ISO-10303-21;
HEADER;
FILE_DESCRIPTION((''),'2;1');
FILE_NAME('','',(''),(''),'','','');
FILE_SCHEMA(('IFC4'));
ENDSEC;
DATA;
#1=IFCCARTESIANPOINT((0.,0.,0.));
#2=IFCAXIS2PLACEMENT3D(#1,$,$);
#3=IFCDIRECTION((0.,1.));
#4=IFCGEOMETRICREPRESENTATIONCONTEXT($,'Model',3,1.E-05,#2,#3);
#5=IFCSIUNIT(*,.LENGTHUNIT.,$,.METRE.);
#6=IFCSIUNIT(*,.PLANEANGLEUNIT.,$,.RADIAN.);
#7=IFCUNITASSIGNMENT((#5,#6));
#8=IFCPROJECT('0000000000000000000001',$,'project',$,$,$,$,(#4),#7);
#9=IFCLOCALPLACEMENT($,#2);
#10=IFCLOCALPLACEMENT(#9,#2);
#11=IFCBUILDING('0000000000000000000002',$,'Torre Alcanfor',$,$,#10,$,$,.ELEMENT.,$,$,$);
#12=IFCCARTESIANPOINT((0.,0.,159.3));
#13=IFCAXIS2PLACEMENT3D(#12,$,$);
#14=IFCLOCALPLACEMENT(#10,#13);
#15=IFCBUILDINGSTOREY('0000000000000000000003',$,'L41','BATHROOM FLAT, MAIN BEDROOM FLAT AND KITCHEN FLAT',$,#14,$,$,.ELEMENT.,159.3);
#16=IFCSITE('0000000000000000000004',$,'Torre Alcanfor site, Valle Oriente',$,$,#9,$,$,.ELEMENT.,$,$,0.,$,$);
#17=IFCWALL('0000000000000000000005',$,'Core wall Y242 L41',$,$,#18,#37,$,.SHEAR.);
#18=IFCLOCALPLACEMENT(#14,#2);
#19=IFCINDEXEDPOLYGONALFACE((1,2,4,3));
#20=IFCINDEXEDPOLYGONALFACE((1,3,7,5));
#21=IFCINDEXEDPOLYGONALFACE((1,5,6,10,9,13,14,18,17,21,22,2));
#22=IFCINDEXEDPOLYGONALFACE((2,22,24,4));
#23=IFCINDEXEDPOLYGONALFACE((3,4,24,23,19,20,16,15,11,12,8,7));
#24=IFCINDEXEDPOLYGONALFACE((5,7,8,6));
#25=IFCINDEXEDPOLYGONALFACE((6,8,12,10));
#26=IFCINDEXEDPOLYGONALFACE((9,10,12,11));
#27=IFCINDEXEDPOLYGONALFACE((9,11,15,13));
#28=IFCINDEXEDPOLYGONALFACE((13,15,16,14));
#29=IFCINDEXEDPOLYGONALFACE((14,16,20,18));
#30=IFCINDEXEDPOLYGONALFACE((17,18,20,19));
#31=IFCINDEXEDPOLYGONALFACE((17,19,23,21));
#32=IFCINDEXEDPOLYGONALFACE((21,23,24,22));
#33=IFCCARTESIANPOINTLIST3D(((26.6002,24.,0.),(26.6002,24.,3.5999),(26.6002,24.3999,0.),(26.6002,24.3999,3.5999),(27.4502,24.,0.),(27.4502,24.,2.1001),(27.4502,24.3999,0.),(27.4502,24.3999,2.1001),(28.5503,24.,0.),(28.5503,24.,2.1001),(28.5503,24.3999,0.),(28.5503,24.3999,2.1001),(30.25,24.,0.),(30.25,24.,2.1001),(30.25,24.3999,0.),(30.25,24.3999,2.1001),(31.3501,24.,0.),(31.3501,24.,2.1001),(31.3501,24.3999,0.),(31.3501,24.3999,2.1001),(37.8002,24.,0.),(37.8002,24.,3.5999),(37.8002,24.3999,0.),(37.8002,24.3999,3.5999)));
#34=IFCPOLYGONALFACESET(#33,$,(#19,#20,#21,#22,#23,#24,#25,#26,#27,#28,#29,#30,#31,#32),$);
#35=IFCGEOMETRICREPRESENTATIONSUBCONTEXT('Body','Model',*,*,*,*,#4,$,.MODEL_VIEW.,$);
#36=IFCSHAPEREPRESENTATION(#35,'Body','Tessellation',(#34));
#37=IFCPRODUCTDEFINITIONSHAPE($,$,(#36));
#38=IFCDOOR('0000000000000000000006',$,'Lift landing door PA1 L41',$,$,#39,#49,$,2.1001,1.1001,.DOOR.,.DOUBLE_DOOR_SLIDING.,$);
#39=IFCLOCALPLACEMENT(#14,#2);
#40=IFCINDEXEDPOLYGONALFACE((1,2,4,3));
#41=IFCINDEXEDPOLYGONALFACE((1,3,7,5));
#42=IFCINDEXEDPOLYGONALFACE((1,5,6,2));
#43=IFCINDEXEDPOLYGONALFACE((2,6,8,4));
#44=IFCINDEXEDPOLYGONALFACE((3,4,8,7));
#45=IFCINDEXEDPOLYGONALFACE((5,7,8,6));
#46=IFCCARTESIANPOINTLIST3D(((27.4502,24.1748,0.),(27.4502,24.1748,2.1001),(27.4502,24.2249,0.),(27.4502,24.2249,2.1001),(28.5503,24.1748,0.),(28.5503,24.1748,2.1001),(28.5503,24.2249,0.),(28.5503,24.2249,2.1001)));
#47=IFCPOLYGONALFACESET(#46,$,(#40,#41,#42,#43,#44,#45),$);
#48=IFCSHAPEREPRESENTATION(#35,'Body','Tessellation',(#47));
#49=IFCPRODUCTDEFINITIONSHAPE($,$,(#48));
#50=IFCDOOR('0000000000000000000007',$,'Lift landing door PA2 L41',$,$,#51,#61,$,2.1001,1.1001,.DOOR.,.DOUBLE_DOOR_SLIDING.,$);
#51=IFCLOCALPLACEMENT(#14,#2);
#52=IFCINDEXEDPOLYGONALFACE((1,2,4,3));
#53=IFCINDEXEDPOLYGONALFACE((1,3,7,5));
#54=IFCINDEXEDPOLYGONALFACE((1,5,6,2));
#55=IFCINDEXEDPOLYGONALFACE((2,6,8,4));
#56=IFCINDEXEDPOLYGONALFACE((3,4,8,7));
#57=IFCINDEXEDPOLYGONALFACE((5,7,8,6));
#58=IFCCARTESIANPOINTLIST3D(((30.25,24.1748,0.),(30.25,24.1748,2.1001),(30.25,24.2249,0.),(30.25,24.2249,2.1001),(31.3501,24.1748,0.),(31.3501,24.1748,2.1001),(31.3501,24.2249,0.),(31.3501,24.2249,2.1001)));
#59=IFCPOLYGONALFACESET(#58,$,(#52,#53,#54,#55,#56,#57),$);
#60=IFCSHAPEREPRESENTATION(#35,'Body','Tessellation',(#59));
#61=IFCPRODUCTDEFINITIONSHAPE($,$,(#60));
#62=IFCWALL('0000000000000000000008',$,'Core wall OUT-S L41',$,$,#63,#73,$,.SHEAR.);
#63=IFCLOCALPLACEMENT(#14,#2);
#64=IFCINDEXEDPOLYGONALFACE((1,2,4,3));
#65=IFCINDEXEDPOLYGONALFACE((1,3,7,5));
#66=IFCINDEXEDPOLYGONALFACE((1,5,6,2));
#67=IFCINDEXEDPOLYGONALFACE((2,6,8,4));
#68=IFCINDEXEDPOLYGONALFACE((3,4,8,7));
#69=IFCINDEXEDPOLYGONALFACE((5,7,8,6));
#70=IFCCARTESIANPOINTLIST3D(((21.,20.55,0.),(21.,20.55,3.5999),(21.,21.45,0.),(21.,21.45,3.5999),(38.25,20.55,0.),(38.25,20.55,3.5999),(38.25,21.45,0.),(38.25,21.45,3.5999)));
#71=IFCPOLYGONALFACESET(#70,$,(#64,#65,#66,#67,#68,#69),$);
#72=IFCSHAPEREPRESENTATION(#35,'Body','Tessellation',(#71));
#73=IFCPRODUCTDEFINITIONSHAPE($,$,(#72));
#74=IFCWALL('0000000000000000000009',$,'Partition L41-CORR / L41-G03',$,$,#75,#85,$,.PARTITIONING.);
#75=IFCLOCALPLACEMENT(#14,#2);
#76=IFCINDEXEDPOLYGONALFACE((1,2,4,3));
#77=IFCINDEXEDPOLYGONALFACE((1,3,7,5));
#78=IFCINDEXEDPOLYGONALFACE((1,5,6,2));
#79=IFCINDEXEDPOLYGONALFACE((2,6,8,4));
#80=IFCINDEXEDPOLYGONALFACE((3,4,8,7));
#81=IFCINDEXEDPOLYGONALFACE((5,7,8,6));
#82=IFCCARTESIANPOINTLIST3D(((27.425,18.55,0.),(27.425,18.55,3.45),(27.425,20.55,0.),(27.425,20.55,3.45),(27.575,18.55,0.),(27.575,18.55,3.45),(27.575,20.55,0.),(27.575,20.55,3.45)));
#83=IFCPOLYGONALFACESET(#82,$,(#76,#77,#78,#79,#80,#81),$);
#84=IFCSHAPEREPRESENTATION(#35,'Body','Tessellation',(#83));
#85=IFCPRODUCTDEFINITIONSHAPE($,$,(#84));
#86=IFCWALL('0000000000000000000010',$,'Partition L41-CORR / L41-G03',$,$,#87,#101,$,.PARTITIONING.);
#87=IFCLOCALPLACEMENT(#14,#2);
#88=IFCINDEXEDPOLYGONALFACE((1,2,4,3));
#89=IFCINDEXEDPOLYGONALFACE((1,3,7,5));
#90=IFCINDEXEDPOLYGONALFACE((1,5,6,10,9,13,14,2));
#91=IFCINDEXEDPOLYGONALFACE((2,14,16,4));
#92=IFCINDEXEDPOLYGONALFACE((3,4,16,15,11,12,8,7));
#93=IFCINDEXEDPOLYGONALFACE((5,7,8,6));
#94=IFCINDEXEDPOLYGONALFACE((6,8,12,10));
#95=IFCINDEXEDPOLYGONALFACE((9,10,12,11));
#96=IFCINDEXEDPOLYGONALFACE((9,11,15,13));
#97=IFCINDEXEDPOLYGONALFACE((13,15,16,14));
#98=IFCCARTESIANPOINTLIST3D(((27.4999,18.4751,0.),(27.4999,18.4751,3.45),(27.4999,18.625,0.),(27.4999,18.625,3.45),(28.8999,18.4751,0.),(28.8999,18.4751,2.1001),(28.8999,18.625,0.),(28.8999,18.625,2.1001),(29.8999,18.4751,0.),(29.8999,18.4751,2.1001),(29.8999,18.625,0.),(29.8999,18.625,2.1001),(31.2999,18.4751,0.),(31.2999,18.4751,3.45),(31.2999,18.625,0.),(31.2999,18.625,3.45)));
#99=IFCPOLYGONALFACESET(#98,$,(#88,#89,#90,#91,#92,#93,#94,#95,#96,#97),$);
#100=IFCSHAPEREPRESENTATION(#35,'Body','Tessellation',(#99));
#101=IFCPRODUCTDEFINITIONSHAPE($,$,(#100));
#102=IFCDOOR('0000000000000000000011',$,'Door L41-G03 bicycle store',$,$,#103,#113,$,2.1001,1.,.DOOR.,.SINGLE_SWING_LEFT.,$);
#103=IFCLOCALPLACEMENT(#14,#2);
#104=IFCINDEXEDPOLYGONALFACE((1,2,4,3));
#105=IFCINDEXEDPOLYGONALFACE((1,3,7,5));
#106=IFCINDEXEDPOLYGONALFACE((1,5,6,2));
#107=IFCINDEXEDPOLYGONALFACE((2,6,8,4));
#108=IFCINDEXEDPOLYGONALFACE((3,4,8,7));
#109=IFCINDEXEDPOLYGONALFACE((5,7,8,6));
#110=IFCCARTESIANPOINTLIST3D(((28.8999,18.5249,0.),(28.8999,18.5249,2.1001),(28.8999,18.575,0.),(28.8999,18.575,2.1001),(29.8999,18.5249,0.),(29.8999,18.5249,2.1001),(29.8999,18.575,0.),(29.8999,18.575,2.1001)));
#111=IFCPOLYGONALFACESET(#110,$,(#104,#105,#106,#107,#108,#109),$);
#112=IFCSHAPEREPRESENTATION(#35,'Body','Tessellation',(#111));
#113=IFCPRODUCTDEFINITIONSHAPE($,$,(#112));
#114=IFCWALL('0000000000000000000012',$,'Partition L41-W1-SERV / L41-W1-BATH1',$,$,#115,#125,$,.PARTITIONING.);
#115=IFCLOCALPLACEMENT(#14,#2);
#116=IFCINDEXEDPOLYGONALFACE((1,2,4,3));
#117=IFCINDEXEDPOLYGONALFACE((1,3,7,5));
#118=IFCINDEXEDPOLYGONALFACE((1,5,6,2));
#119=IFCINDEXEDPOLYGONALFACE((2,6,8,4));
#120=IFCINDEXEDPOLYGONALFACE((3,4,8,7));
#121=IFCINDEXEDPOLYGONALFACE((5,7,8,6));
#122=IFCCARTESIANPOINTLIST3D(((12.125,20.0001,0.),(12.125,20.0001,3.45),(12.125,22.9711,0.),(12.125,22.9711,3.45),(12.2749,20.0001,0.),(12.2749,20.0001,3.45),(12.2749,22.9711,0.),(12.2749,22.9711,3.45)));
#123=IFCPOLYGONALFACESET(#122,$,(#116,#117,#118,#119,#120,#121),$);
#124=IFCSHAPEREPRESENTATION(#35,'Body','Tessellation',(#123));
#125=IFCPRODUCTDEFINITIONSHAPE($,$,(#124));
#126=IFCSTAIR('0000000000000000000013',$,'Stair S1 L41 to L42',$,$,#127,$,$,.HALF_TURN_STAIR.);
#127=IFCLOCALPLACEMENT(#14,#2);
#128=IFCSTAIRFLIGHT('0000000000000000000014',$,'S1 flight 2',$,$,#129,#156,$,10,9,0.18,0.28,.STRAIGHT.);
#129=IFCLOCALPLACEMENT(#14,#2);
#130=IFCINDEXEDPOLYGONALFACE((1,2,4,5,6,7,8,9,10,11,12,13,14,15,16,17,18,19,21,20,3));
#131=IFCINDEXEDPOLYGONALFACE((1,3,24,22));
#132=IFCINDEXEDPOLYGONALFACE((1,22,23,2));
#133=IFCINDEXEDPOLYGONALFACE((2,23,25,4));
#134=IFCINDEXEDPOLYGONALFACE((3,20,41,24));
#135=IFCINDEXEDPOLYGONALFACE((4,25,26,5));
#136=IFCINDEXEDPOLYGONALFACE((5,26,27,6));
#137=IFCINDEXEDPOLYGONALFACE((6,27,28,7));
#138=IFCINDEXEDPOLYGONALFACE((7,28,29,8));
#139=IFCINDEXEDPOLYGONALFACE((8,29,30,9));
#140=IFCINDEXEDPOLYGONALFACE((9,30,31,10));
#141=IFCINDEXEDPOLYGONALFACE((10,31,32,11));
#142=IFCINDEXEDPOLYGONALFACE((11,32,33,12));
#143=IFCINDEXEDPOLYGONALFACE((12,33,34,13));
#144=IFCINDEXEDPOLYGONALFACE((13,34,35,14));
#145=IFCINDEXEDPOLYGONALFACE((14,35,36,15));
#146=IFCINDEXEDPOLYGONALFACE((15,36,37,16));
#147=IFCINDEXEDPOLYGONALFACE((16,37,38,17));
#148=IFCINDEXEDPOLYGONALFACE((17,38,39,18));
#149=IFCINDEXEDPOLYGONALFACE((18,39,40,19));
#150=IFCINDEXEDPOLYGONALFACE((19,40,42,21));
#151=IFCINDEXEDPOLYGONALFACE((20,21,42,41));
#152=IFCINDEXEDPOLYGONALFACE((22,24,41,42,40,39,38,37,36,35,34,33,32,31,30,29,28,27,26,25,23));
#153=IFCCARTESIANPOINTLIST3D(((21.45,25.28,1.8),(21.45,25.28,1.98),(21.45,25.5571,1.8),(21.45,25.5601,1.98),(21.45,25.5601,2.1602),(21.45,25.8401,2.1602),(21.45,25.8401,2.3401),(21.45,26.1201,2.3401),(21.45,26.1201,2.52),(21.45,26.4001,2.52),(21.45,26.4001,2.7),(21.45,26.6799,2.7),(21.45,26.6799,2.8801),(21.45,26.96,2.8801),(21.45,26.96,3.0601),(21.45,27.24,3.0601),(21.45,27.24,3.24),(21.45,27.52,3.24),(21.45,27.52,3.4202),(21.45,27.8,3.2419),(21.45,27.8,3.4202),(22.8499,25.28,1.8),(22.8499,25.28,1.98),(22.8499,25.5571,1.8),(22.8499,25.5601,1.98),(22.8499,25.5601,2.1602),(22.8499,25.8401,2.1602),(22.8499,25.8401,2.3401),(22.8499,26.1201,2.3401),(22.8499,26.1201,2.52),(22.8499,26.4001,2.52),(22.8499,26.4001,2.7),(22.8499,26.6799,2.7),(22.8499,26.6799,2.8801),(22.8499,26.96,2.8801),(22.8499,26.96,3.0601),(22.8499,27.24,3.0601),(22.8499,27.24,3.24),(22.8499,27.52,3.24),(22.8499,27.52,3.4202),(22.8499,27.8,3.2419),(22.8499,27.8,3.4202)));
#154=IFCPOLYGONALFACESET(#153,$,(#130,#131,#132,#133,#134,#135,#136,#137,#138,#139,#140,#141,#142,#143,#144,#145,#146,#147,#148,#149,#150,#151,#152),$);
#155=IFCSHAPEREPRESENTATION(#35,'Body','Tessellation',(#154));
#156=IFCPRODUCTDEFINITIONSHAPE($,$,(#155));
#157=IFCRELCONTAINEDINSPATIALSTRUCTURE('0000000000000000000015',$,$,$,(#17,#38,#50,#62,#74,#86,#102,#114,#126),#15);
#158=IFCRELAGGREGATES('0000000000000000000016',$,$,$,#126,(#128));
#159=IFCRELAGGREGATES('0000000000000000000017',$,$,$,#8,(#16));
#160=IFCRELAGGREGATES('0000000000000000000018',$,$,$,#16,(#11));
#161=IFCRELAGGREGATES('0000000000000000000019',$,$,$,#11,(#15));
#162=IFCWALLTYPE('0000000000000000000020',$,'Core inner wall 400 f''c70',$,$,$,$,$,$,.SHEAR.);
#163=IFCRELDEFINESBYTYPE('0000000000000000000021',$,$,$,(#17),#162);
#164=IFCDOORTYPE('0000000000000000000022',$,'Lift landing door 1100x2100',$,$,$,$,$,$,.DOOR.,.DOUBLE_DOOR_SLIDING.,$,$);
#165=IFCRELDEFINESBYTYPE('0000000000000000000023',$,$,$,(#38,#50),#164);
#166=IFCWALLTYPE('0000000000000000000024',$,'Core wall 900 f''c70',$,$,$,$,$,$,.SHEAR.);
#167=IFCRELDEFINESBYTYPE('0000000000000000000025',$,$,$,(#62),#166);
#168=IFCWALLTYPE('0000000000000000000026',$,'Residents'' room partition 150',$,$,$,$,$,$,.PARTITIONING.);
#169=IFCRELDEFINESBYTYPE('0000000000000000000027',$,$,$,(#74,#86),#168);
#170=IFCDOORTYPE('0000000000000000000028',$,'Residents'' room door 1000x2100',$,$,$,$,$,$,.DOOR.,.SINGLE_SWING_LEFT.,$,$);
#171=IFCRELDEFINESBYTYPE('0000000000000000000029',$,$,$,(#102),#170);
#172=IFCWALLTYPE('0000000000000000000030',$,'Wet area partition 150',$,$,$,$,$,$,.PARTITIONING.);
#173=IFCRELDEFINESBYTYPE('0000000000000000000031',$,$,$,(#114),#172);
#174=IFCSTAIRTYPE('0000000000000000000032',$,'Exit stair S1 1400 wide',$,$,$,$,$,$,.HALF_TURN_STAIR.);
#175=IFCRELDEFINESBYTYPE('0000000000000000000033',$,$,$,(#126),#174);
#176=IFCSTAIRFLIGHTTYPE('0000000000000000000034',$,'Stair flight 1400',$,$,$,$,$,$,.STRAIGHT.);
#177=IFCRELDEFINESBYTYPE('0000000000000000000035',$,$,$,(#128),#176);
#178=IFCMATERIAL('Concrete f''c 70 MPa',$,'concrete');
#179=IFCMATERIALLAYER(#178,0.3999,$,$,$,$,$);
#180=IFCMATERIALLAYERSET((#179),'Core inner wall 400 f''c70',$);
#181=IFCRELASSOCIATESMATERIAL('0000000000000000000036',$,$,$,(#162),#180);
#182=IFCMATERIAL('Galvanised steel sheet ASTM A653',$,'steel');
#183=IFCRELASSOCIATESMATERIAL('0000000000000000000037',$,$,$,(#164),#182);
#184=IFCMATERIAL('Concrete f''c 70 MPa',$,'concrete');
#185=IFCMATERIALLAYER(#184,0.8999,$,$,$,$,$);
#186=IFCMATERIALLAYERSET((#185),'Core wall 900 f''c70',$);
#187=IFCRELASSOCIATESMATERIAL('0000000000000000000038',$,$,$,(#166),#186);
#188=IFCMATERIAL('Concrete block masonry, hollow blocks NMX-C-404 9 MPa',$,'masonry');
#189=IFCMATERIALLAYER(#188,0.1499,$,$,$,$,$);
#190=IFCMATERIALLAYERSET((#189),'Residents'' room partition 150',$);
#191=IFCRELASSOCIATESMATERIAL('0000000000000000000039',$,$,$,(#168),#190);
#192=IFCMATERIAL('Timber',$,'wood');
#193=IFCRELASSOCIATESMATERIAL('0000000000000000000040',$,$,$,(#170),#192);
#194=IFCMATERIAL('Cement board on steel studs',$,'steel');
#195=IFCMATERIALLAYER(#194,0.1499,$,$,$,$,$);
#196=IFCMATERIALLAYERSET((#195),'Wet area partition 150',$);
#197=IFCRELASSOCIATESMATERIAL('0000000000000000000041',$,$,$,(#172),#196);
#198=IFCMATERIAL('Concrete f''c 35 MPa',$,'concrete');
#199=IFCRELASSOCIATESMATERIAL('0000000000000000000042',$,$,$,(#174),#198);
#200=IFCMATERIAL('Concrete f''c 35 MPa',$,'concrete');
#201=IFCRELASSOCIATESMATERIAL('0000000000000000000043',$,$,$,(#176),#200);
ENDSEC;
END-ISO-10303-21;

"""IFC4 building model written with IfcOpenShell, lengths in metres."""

from ifc_helpers import new_model, si_unit, direction, frame, frame_2d, origin, place, context, subcontext, project, spatial, polyline, rectangle, outline, extrude, material, layer, layer_set, type_object, element, fill, aggregate, save


model = new_model("IFC4")

# Units and contexts
model_context = context("Model", 3, precision=1e-05, world=origin(), true_north=direction((0.0, 1.0)))
body_context = subcontext(model_context, "Body", "Model", "MODEL_VIEW")
ifc_project = project(units=[si_unit("LENGTHUNIT", "METRE"), si_unit("PLANEANGLEUNIT", "RADIAN")], contexts=[model_context])

# Site, building, storey
site_placement = place(None, origin())
site = spatial("IfcSite", under=ifc_project, at=site_placement, Name="Torre Alcanfor site, Valle Oriente", CompositionType="ELEMENT", RefElevation=0.0)
building_placement = place(site_placement, origin())
building = spatial("IfcBuilding", under=site, at=building_placement, Name="Torre Alcanfor", CompositionType="ELEMENT")
storey_placement = place(building_placement, frame((0.0, 0.0, 159.3)))
storey = spatial("IfcBuildingStorey", under=building, at=storey_placement, Name="L41", Description="BATHROOM FLAT, MAIN BEDROOM FLAT AND KITCHEN FLAT", CompositionType="ELEMENT", Elevation=159.3)

# Shared definitions
ifc_material_1 = material(Name="Concrete f'c 70 MPa", Category="concrete")
ifc_layer_1 = layer(ifc_material_1, 0.3999)
ifc_layer_set_1 = layer_set([ifc_layer_1], Name="Core inner wall 400 f'c70")
wall_type_1 = type_object("IfcWallType", Name="Core inner wall 400 f'c70", PredefinedType="SHEAR", material=ifc_layer_set_1)

# Wall, openings, doors
wall_1_placement = place(storey_placement, frame((26.6001, 24.2, 0.0), z_axis=(0.0, 0.0, 1.0), x_axis=(1.0, 0.0, 0.0)))
wall_1 = element("IfcWall", 1, at=wall_1_placement, inside=storey, type_object=wall_type_1, Name="Core wall Y242 L41", PredefinedType="SHEAR", context=body_context, shape_type="SweptSolid", body=[
    extrude(rectangle(XDim=11.2, YDim=0.3999, at=frame_2d((5.6001, 0.0))), origin(), (0.0, 0.0, 1.0), 3.5999),
])
opening_1_placement = place(wall_1_placement, frame((0.8501, 0.0, 0.0)))
opening_1 = element("IfcOpeningElement", 2, at=opening_1_placement, cuts=wall_1, PredefinedType="OPENING", context=body_context, shape_type="SweptSolid", body=[
    extrude(rectangle(XDim=1.1001, YDim=2.1001, at=frame_2d((0.55, 1.05))), frame((0.0, 0.21, 0.0), z_axis=(0.0, -1.0, 0.0), x_axis=(1.0, 0.0, 0.0)), (0.0, 0.0, 1.0), 0.4199),
])
opening_2_placement = place(wall_1_placement, frame((3.6499, 0.0, 0.0)))
opening_2 = element("IfcOpeningElement", 3, at=opening_2_placement, cuts=wall_1, PredefinedType="OPENING", context=body_context, shape_type="SweptSolid", body=[
    extrude(rectangle(XDim=1.1001, YDim=2.1001, at=frame_2d((0.55, 1.05))), frame((0.0, 0.21, 0.0), z_axis=(0.0, -1.0, 0.0), x_axis=(1.0, 0.0, 0.0)), (0.0, 0.0, 1.0), 0.4199),
])
ifc_material_2 = material(Name="Galvanised steel sheet ASTM A653", Category="steel")
door_type_1 = type_object("IfcDoorType", Name="Lift landing door 1100x2100", OperationType="DOUBLE_DOOR_SLIDING", PredefinedType="DOOR", material=ifc_material_2)
door_1_placement = place(opening_1_placement, origin())
door_1 = element("IfcDoor", 4, at=door_1_placement, inside=storey, type_object=door_type_1, Name="Lift landing door PA1 L41", OperationType="DOUBLE_DOOR_SLIDING", OverallHeight=2.1001, OverallWidth=1.1001, PredefinedType="DOOR", context=body_context, shape_type="SweptSolid", body=[
    extrude(rectangle(XDim=1.1001, YDim=2.1001, at=frame_2d((0.55, 1.05))), frame((0.0, 0.0249, 0.0), z_axis=(0.0, -1.0, 0.0), x_axis=(1.0, 0.0, 0.0)), (0.0, 0.0, 1.0), 0.05),
])
fill(opening_1, door_1)
door_2_placement = place(opening_2_placement, origin())
door_2 = element("IfcDoor", 5, at=door_2_placement, inside=storey, type_object=door_type_1, Name="Lift landing door PA2 L41", OperationType="DOUBLE_DOOR_SLIDING", OverallHeight=2.1001, OverallWidth=1.1001, PredefinedType="DOOR", context=body_context, shape_type="SweptSolid", body=[
    extrude(rectangle(XDim=1.1001, YDim=2.1001, at=frame_2d((0.55, 1.05))), frame((0.0, 0.0249, 0.0), z_axis=(0.0, -1.0, 0.0), x_axis=(1.0, 0.0, 0.0)), (0.0, 0.0, 1.0), 0.05),
])
fill(opening_2, door_2)

# Walls
ifc_material_3 = material(Name="Concrete f'c 70 MPa", Category="concrete")
ifc_layer_2 = layer(ifc_material_3, 0.8999)
ifc_layer_set_2 = layer_set([ifc_layer_2], Name="Core wall 900 f'c70")
wall_type_2 = type_object("IfcWallType", Name="Core wall 900 f'c70", PredefinedType="SHEAR", material=ifc_layer_set_2)
wall_2_placement = place(storey_placement, frame((21.0, 21.0, 0.0), z_axis=(0.0, 0.0, 1.0), x_axis=(1.0, 0.0, 0.0)))
element("IfcWall", 6, at=wall_2_placement, inside=storey, type_object=wall_type_2, Name="Core wall OUT-S L41", PredefinedType="SHEAR", context=body_context, shape_type="SweptSolid", body=[
    extrude(rectangle(XDim=17.25, YDim=0.8999, at=frame_2d((8.625, 0.0))), origin(), (0.0, 0.0, 1.0), 3.5999),
])
ifc_material_4 = material(Name="Concrete block masonry, hollow blocks NMX-C-404 9 MPa", Category="masonry")
ifc_layer_3 = layer(ifc_material_4, 0.1499)
ifc_layer_set_3 = layer_set([ifc_layer_3], Name="Residents' room partition 150")
wall_type_3 = type_object("IfcWallType", Name="Residents' room partition 150", PredefinedType="PARTITIONING", material=ifc_layer_set_3)
wall_3_placement = place(storey_placement, frame((27.5, 20.55, 0.0), z_axis=(0.0, 0.0, 1.0), x_axis=(0.0, -1.0, 0.0)))
element("IfcWall", 7, at=wall_3_placement, inside=storey, type_object=wall_type_3, Name="Partition L41-CORR / L41-G03", PredefinedType="PARTITIONING", context=body_context, shape_type="SweptSolid", body=[
    extrude(rectangle(XDim=2.0, YDim=0.1499, at=frame_2d((1.0, 0.0))), origin(), (0.0, 0.0, 1.0), 3.45),
])

# Wall, opening, door
wall_4_placement = place(storey_placement, frame((27.5, 18.55, 0.0), z_axis=(0.0, 0.0, 1.0), x_axis=(1.0, 0.0, 0.0)))
wall_4 = element("IfcWall", 8, at=wall_4_placement, inside=storey, type_object=wall_type_3, Name="Partition L41-CORR / L41-G03", PredefinedType="PARTITIONING", context=body_context, shape_type="SweptSolid", body=[
    extrude(rectangle(XDim=3.8, YDim=0.1499, at=frame_2d((1.8999, 0.0))), origin(), (0.0, 0.0, 1.0), 3.45),
])
opening_3_placement = place(wall_4_placement, frame((1.3999, 0.0, 0.0)))
opening_3 = element("IfcOpeningElement", 9, at=opening_3_placement, cuts=wall_4, PredefinedType="OPENING", context=body_context, shape_type="SweptSolid", body=[
    extrude(rectangle(XDim=1.0, YDim=2.1001, at=frame_2d((0.5, 1.05))), frame((0.0, 0.085, 0.0), z_axis=(0.0, -1.0, 0.0), x_axis=(1.0, 0.0, 0.0)), (0.0, 0.0, 1.0), 0.1699),
])
ifc_material_5 = material(Name="Timber", Category="wood")
door_type_2 = type_object("IfcDoorType", Name="Residents' room door 1000x2100", OperationType="SINGLE_SWING_LEFT", PredefinedType="DOOR", material=ifc_material_5)
door_3_placement = place(opening_3_placement, origin())
door_3 = element("IfcDoor", 10, at=door_3_placement, inside=storey, type_object=door_type_2, Name="Door L41-G03 bicycle store", OperationType="SINGLE_SWING_LEFT", OverallHeight=2.1001, OverallWidth=1.0, PredefinedType="DOOR", context=body_context, shape_type="SweptSolid", body=[
    extrude(rectangle(XDim=1.0, YDim=2.1001, at=frame_2d((0.5, 1.05))), frame((0.0, 0.0249, 0.0), z_axis=(0.0, -1.0, 0.0), x_axis=(1.0, 0.0, 0.0)), (0.0, 0.0, 1.0), 0.05),
])
fill(opening_3, door_3)

# Wall
ifc_material_6 = material(Name="Cement board on steel studs", Category="steel")
ifc_layer_4 = layer(ifc_material_6, 0.1499)
ifc_layer_set_4 = layer_set([ifc_layer_4], Name="Wet area partition 150")
wall_type_4 = type_object("IfcWallType", Name="Wet area partition 150", PredefinedType="PARTITIONING", material=ifc_layer_set_4)
wall_5_placement = place(storey_placement, frame((12.2, 22.9709, 0.0), z_axis=(0.0, 0.0, 1.0), x_axis=(0.0, -1.0, 0.0)))
element("IfcWall", 11, at=wall_5_placement, inside=storey, type_object=wall_type_4, Name="Partition L41-W1-SERV / L41-W1-BATH1", PredefinedType="PARTITIONING", context=body_context, shape_type="SweptSolid", body=[
    extrude(rectangle(XDim=2.9709, YDim=0.1499, at=frame_2d((1.4854, 0.0))), origin(), (0.0, 0.0, 1.0), 3.45),
])

# Stair, stair flight
ifc_material_7 = material(Name="Concrete f'c 35 MPa", Category="concrete")
stair_type = type_object("IfcStairType", Name="Exit stair S1 1400 wide", PredefinedType="HALF_TURN_STAIR", material=ifc_material_7)
stair_placement = place(storey_placement, origin())
stair = element("IfcStair", 12, at=stair_placement, inside=storey, type_object=stair_type, Name="Stair S1 L41 to L42", PredefinedType="HALF_TURN_STAIR")
ifc_material_8 = material(Name="Concrete f'c 35 MPa", Category="concrete")
stair_flight_type = type_object("IfcStairFlightType", Name="Stair flight 1400", PredefinedType="STRAIGHT", material=ifc_material_8)
stair_flight_placement = place(storey_placement, frame((22.1499, 25.28, 1.8), z_axis=(0.0, 0.0, 1.0), x_axis=(0.0, 1.0, 0.0)))
stair_flight = element("IfcStairFlight", 13, at=stair_flight_placement, type_object=stair_flight_type, Name="S1 flight 2", NumberOfRisers=10, NumberOfTreads=9, PredefinedType="STRAIGHT", RiserHeight=0.18, TreadLength=0.28, context=body_context, shape_type="SweptSolid", body=[
    extrude(outline(polyline([(0.0, 0.0), (0.0, 0.1799), (0.28, 0.1799), (0.28, 0.3601), (0.5601, 0.3601), (0.5601, 0.54), (0.8401, 0.54), (0.8401, 0.72), (1.1201, 0.72), (1.1201, 0.8999), (1.3999, 0.8999), (1.3999, 1.0801), (1.6799, 1.0801), (1.6799, 1.26), (1.96, 1.26), (1.96, 1.4399), (2.24, 1.4399), (2.24, 1.6201), (2.52, 1.6201), (2.52, 1.8), (2.52, 1.4419), (0.2771, 0.0), (0.0, 0.0)])), frame((0.0, 0.7, 0.0), z_axis=(0.0, -1.0, 0.0), x_axis=(1.0, 0.0, 0.0)), (0.0, 0.0, 1.0), 1.3999),
])
aggregate(stair, [stair_flight])

save(model, "model.ifc")
